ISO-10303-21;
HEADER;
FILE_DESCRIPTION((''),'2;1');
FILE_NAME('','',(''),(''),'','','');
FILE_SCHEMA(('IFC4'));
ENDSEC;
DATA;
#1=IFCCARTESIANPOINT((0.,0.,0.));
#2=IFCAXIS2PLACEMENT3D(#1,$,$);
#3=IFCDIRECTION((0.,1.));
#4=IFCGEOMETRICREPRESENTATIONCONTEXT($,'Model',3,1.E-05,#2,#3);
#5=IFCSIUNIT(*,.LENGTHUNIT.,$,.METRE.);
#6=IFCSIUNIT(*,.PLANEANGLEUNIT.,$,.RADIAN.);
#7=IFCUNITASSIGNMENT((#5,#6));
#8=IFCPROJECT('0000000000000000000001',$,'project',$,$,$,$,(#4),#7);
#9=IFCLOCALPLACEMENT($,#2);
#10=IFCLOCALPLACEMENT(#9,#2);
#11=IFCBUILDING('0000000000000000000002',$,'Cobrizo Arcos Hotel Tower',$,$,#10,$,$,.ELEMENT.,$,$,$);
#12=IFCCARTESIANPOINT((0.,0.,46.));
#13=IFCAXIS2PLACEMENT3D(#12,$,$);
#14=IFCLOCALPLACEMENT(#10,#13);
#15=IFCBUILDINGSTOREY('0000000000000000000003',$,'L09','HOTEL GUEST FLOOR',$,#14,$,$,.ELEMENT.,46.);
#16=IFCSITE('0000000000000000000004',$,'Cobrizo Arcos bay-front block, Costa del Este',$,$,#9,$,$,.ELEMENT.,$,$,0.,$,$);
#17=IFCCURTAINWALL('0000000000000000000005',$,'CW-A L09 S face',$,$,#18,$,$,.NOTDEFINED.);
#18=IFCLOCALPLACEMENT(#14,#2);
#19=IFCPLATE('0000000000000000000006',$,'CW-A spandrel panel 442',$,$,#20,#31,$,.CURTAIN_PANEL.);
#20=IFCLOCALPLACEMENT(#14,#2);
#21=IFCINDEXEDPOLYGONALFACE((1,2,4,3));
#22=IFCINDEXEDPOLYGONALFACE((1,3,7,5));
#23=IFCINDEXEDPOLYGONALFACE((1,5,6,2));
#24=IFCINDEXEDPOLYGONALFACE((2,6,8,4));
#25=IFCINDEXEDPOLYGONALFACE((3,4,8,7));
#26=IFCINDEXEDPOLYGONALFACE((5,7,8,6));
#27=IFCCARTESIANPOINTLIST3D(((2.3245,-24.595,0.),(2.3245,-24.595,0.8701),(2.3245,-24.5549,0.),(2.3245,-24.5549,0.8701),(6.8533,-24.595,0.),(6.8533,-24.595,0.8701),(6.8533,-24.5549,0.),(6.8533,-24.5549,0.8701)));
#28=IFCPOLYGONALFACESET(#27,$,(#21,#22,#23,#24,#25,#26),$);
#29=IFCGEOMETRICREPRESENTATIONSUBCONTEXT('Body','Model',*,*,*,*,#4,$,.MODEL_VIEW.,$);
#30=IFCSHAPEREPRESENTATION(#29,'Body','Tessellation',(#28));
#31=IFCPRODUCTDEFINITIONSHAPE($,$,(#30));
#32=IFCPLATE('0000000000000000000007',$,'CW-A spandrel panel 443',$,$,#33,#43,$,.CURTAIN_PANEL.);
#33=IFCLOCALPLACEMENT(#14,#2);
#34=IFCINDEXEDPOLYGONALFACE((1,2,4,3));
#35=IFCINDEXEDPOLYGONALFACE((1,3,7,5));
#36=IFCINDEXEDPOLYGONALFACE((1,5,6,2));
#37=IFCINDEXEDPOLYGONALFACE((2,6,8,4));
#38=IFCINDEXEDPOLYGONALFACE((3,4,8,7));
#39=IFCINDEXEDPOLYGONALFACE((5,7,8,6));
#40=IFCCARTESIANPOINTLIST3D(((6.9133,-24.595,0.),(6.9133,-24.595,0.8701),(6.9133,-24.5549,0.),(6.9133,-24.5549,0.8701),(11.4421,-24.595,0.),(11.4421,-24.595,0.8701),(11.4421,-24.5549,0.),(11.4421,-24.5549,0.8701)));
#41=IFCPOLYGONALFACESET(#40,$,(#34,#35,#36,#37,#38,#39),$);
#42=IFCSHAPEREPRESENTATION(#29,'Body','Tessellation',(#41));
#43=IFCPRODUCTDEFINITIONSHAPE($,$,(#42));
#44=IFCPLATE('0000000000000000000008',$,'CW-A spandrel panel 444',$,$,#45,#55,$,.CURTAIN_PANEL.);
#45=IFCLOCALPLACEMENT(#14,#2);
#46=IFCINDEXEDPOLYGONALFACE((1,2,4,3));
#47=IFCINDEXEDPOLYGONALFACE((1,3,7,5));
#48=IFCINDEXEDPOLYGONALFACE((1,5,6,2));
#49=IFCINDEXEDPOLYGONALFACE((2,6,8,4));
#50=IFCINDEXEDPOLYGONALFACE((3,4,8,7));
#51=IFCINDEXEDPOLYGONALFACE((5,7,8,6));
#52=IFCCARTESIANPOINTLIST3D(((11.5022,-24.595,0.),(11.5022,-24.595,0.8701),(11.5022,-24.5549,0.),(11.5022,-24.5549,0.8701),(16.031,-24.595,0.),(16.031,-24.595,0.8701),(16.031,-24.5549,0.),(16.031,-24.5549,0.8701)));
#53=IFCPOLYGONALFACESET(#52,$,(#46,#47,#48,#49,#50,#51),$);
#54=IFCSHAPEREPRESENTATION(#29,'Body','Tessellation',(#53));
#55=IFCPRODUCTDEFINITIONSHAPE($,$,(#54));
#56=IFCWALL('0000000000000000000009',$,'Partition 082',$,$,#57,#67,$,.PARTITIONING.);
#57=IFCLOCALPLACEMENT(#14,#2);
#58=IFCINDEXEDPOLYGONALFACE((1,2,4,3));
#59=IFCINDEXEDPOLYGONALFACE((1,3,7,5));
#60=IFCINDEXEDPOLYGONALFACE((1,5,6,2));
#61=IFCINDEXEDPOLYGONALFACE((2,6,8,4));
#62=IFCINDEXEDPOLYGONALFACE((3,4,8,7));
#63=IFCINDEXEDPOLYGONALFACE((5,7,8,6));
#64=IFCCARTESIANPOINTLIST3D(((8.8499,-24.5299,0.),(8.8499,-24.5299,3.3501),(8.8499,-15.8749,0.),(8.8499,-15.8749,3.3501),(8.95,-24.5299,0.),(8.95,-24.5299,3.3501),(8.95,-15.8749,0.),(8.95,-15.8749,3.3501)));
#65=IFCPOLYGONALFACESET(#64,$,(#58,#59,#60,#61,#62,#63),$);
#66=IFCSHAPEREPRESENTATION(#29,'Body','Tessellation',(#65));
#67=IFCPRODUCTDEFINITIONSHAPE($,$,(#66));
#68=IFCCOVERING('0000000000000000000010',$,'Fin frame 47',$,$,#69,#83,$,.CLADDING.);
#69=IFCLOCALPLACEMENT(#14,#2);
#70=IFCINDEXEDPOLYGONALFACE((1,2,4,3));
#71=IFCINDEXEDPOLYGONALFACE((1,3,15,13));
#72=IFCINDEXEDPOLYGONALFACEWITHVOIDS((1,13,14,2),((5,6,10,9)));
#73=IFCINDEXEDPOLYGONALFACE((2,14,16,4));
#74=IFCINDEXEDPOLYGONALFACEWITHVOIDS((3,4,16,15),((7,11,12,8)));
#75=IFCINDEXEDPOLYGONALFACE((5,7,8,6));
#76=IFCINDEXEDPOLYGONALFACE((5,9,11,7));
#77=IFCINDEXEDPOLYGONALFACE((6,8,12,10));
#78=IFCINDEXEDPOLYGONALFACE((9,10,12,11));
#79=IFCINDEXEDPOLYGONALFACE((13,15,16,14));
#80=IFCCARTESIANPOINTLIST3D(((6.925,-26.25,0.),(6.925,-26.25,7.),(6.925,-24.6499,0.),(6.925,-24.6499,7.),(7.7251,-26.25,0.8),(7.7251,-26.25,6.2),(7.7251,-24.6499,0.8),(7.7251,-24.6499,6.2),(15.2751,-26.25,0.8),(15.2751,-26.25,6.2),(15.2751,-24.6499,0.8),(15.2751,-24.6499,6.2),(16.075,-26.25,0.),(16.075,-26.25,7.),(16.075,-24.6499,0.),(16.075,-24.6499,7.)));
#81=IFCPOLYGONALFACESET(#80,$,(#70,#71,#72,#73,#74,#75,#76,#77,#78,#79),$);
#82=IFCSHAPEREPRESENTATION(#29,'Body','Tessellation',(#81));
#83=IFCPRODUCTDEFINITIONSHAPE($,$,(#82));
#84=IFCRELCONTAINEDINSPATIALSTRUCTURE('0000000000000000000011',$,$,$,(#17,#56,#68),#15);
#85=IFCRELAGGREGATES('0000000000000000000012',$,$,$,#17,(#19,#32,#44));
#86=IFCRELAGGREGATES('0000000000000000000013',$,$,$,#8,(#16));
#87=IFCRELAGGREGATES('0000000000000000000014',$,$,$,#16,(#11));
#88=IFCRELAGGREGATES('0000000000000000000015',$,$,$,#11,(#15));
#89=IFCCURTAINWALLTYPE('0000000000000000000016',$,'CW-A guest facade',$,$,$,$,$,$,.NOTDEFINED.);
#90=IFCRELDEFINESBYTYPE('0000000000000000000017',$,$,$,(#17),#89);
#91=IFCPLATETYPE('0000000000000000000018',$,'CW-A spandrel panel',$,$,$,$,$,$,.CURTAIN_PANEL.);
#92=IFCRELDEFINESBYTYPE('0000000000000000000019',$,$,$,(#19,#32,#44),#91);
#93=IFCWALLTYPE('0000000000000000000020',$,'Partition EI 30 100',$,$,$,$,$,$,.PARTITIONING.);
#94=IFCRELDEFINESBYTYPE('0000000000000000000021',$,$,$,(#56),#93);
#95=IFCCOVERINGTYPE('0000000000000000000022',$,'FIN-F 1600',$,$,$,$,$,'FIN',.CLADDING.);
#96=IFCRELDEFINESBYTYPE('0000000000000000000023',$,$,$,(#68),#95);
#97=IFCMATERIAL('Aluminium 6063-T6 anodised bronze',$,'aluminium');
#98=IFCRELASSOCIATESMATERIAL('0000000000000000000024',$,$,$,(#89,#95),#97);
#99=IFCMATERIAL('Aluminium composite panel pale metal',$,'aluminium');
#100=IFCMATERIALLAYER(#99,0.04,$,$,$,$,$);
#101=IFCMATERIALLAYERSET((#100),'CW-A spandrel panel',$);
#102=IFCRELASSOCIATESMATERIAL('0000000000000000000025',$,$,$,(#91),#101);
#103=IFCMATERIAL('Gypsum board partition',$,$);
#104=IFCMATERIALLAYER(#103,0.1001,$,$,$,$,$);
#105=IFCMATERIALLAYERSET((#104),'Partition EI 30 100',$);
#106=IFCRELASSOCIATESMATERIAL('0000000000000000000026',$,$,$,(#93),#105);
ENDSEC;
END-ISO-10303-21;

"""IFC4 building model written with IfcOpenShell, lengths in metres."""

from ifc_helpers import new_model, si_unit, direction, frame, frame_2d, origin, origin_2d, place, context, subcontext, project, spatial, polyline, rectangle, outline, extrude, material, layer, layer_set, type_object, element, aggregate, save


model = new_model("IFC4")

# Units and contexts
model_context = context("Model", 3, precision=1e-05, world=origin(), true_north=direction((0.0, 1.0)))
body_context = subcontext(model_context, "Body", "Model", "MODEL_VIEW")
ifc_project = project(units=[si_unit("LENGTHUNIT", "METRE"), si_unit("PLANEANGLEUNIT", "RADIAN")], contexts=[model_context])

# Site, building, storey
site_placement = place(None, origin())
site = spatial("IfcSite", under=ifc_project, at=site_placement, Name="Cobrizo Arcos bay-front block, Costa del Este", CompositionType="ELEMENT", RefElevation=0.0)
building_placement = place(site_placement, origin())
building = spatial("IfcBuilding", under=site, at=building_placement, Name="Cobrizo Arcos Hotel Tower", CompositionType="ELEMENT")
storey_placement = place(building_placement, frame((0.0, 0.0, 46.0)))
storey = spatial("IfcBuildingStorey", under=building, at=storey_placement, Name="L09", Description="HOTEL GUEST FLOOR", CompositionType="ELEMENT", Elevation=46.0)

# Curtain wall
ifc_material_1 = material(Name="Aluminium 6063-T6 anodised bronze", Category="aluminium")
curtain_wall_type = type_object("IfcCurtainWallType", Name="CW-A guest facade", PredefinedType="NOTDEFINED", material=ifc_material_1)
curtain_wall_placement = place(storey_placement, origin())
curtain_wall = element("IfcCurtainWall", 1, at=curtain_wall_placement, inside=storey, type_object=curtain_wall_type, Name="CW-A L09 S face", PredefinedType="NOTDEFINED")

# Plates
ifc_material_2 = material(Name="Aluminium composite panel pale metal", Category="aluminium")
ifc_layer_1 = layer(ifc_material_2, 0.04)
ifc_layer_set_1 = layer_set([ifc_layer_1], Name="CW-A spandrel panel")
plate_type_1 = type_object("IfcPlateType", Name="CW-A spandrel panel", PredefinedType="CURTAIN_PANEL", material=ifc_layer_set_1)
plate_1_placement = place(storey_placement, frame((4.5889, -24.575, 0.0), z_axis=(0.0, 0.0, 1.0), x_axis=(1.0, 0.0, 0.0)))
plate_1 = element("IfcPlate", 2, at=plate_1_placement, type_object=plate_type_1, Name="CW-A spandrel panel 442", PredefinedType="CURTAIN_PANEL", context=body_context, shape_type="SweptSolid", body=[
    extrude(rectangle(XDim=4.5288, YDim=0.04, at=origin_2d()), origin(), (0.0, 0.0, 1.0), 0.8701),
])
plate_2_placement = place(storey_placement, frame((9.1777, -24.575, 0.0), z_axis=(0.0, 0.0, 1.0), x_axis=(1.0, 0.0, 0.0)))
plate_2 = element("IfcPlate", 3, at=plate_2_placement, type_object=plate_type_1, Name="CW-A spandrel panel 443", PredefinedType="CURTAIN_PANEL", context=body_context, shape_type="SweptSolid", body=[
    extrude(rectangle(XDim=4.5288, YDim=0.04, at=origin_2d()), origin(), (0.0, 0.0, 1.0), 0.8701),
])
plate_3_placement = place(storey_placement, frame((13.7666, -24.575, 0.0), z_axis=(0.0, 0.0, 1.0), x_axis=(1.0, 0.0, 0.0)))
plate_3 = element("IfcPlate", 4, at=plate_3_placement, type_object=plate_type_1, Name="CW-A spandrel panel 444", PredefinedType="CURTAIN_PANEL", context=body_context, shape_type="SweptSolid", body=[
    extrude(rectangle(XDim=4.5288, YDim=0.04, at=origin_2d()), origin(), (0.0, 0.0, 1.0), 0.8701),
])
aggregate(curtain_wall, [plate_1, plate_2, plate_3])

# Wall
ifc_material_3 = material(Name="Gypsum board partition")
ifc_layer_2 = layer(ifc_material_3, 0.1001)
ifc_layer_set_2 = layer_set([ifc_layer_2], Name="Partition EI 30 100")
wall_type = type_object("IfcWallType", Name="Partition EI 30 100", PredefinedType="PARTITIONING", material=ifc_layer_set_2)
wall_placement = place(storey_placement, frame((8.8999, -24.53, 0.0), z_axis=(0.0, 0.0, 1.0), x_axis=(0.0, 1.0, 0.0)))
element("IfcWall", 5, at=wall_placement, inside=storey, type_object=wall_type, Name="Partition 082", PredefinedType="PARTITIONING", context=body_context, shape_type="SweptSolid", body=[
    extrude(rectangle(XDim=8.655, YDim=0.1001, at=frame_2d((4.3276, 0.0))), origin(), (0.0, 0.0, 1.0), 3.3501),
])

# Covering
covering_type = type_object("IfcCoveringType", Name="FIN-F 1600", ElementType="FIN", PredefinedType="CLADDING", material=ifc_material_1)
covering_placement = place(storey_placement, frame((6.925, -24.6499, 0.0), z_axis=(0.0, -1.0, 0.0), x_axis=(1.0, 0.0, 0.0)))
element("IfcCovering", 6, at=covering_placement, inside=storey, type_object=covering_type, Name="Fin frame 47", PredefinedType="CLADDING", context=body_context, shape_type="SweptSolid", body=[
    extrude(outline(polyline([(0.0, 7.0), (0.0, 0.0), (9.1499, 0.0), (9.1499, 7.0), (0.0, 7.0)]), holes=[polyline([(8.3501, 0.8), (0.8, 0.8), (0.8, 6.2), (8.3501, 6.2), (8.3501, 0.8)])]), origin(), (0.0, 0.0, 1.0), 1.6001),
])

save(model, "model.ifc")
